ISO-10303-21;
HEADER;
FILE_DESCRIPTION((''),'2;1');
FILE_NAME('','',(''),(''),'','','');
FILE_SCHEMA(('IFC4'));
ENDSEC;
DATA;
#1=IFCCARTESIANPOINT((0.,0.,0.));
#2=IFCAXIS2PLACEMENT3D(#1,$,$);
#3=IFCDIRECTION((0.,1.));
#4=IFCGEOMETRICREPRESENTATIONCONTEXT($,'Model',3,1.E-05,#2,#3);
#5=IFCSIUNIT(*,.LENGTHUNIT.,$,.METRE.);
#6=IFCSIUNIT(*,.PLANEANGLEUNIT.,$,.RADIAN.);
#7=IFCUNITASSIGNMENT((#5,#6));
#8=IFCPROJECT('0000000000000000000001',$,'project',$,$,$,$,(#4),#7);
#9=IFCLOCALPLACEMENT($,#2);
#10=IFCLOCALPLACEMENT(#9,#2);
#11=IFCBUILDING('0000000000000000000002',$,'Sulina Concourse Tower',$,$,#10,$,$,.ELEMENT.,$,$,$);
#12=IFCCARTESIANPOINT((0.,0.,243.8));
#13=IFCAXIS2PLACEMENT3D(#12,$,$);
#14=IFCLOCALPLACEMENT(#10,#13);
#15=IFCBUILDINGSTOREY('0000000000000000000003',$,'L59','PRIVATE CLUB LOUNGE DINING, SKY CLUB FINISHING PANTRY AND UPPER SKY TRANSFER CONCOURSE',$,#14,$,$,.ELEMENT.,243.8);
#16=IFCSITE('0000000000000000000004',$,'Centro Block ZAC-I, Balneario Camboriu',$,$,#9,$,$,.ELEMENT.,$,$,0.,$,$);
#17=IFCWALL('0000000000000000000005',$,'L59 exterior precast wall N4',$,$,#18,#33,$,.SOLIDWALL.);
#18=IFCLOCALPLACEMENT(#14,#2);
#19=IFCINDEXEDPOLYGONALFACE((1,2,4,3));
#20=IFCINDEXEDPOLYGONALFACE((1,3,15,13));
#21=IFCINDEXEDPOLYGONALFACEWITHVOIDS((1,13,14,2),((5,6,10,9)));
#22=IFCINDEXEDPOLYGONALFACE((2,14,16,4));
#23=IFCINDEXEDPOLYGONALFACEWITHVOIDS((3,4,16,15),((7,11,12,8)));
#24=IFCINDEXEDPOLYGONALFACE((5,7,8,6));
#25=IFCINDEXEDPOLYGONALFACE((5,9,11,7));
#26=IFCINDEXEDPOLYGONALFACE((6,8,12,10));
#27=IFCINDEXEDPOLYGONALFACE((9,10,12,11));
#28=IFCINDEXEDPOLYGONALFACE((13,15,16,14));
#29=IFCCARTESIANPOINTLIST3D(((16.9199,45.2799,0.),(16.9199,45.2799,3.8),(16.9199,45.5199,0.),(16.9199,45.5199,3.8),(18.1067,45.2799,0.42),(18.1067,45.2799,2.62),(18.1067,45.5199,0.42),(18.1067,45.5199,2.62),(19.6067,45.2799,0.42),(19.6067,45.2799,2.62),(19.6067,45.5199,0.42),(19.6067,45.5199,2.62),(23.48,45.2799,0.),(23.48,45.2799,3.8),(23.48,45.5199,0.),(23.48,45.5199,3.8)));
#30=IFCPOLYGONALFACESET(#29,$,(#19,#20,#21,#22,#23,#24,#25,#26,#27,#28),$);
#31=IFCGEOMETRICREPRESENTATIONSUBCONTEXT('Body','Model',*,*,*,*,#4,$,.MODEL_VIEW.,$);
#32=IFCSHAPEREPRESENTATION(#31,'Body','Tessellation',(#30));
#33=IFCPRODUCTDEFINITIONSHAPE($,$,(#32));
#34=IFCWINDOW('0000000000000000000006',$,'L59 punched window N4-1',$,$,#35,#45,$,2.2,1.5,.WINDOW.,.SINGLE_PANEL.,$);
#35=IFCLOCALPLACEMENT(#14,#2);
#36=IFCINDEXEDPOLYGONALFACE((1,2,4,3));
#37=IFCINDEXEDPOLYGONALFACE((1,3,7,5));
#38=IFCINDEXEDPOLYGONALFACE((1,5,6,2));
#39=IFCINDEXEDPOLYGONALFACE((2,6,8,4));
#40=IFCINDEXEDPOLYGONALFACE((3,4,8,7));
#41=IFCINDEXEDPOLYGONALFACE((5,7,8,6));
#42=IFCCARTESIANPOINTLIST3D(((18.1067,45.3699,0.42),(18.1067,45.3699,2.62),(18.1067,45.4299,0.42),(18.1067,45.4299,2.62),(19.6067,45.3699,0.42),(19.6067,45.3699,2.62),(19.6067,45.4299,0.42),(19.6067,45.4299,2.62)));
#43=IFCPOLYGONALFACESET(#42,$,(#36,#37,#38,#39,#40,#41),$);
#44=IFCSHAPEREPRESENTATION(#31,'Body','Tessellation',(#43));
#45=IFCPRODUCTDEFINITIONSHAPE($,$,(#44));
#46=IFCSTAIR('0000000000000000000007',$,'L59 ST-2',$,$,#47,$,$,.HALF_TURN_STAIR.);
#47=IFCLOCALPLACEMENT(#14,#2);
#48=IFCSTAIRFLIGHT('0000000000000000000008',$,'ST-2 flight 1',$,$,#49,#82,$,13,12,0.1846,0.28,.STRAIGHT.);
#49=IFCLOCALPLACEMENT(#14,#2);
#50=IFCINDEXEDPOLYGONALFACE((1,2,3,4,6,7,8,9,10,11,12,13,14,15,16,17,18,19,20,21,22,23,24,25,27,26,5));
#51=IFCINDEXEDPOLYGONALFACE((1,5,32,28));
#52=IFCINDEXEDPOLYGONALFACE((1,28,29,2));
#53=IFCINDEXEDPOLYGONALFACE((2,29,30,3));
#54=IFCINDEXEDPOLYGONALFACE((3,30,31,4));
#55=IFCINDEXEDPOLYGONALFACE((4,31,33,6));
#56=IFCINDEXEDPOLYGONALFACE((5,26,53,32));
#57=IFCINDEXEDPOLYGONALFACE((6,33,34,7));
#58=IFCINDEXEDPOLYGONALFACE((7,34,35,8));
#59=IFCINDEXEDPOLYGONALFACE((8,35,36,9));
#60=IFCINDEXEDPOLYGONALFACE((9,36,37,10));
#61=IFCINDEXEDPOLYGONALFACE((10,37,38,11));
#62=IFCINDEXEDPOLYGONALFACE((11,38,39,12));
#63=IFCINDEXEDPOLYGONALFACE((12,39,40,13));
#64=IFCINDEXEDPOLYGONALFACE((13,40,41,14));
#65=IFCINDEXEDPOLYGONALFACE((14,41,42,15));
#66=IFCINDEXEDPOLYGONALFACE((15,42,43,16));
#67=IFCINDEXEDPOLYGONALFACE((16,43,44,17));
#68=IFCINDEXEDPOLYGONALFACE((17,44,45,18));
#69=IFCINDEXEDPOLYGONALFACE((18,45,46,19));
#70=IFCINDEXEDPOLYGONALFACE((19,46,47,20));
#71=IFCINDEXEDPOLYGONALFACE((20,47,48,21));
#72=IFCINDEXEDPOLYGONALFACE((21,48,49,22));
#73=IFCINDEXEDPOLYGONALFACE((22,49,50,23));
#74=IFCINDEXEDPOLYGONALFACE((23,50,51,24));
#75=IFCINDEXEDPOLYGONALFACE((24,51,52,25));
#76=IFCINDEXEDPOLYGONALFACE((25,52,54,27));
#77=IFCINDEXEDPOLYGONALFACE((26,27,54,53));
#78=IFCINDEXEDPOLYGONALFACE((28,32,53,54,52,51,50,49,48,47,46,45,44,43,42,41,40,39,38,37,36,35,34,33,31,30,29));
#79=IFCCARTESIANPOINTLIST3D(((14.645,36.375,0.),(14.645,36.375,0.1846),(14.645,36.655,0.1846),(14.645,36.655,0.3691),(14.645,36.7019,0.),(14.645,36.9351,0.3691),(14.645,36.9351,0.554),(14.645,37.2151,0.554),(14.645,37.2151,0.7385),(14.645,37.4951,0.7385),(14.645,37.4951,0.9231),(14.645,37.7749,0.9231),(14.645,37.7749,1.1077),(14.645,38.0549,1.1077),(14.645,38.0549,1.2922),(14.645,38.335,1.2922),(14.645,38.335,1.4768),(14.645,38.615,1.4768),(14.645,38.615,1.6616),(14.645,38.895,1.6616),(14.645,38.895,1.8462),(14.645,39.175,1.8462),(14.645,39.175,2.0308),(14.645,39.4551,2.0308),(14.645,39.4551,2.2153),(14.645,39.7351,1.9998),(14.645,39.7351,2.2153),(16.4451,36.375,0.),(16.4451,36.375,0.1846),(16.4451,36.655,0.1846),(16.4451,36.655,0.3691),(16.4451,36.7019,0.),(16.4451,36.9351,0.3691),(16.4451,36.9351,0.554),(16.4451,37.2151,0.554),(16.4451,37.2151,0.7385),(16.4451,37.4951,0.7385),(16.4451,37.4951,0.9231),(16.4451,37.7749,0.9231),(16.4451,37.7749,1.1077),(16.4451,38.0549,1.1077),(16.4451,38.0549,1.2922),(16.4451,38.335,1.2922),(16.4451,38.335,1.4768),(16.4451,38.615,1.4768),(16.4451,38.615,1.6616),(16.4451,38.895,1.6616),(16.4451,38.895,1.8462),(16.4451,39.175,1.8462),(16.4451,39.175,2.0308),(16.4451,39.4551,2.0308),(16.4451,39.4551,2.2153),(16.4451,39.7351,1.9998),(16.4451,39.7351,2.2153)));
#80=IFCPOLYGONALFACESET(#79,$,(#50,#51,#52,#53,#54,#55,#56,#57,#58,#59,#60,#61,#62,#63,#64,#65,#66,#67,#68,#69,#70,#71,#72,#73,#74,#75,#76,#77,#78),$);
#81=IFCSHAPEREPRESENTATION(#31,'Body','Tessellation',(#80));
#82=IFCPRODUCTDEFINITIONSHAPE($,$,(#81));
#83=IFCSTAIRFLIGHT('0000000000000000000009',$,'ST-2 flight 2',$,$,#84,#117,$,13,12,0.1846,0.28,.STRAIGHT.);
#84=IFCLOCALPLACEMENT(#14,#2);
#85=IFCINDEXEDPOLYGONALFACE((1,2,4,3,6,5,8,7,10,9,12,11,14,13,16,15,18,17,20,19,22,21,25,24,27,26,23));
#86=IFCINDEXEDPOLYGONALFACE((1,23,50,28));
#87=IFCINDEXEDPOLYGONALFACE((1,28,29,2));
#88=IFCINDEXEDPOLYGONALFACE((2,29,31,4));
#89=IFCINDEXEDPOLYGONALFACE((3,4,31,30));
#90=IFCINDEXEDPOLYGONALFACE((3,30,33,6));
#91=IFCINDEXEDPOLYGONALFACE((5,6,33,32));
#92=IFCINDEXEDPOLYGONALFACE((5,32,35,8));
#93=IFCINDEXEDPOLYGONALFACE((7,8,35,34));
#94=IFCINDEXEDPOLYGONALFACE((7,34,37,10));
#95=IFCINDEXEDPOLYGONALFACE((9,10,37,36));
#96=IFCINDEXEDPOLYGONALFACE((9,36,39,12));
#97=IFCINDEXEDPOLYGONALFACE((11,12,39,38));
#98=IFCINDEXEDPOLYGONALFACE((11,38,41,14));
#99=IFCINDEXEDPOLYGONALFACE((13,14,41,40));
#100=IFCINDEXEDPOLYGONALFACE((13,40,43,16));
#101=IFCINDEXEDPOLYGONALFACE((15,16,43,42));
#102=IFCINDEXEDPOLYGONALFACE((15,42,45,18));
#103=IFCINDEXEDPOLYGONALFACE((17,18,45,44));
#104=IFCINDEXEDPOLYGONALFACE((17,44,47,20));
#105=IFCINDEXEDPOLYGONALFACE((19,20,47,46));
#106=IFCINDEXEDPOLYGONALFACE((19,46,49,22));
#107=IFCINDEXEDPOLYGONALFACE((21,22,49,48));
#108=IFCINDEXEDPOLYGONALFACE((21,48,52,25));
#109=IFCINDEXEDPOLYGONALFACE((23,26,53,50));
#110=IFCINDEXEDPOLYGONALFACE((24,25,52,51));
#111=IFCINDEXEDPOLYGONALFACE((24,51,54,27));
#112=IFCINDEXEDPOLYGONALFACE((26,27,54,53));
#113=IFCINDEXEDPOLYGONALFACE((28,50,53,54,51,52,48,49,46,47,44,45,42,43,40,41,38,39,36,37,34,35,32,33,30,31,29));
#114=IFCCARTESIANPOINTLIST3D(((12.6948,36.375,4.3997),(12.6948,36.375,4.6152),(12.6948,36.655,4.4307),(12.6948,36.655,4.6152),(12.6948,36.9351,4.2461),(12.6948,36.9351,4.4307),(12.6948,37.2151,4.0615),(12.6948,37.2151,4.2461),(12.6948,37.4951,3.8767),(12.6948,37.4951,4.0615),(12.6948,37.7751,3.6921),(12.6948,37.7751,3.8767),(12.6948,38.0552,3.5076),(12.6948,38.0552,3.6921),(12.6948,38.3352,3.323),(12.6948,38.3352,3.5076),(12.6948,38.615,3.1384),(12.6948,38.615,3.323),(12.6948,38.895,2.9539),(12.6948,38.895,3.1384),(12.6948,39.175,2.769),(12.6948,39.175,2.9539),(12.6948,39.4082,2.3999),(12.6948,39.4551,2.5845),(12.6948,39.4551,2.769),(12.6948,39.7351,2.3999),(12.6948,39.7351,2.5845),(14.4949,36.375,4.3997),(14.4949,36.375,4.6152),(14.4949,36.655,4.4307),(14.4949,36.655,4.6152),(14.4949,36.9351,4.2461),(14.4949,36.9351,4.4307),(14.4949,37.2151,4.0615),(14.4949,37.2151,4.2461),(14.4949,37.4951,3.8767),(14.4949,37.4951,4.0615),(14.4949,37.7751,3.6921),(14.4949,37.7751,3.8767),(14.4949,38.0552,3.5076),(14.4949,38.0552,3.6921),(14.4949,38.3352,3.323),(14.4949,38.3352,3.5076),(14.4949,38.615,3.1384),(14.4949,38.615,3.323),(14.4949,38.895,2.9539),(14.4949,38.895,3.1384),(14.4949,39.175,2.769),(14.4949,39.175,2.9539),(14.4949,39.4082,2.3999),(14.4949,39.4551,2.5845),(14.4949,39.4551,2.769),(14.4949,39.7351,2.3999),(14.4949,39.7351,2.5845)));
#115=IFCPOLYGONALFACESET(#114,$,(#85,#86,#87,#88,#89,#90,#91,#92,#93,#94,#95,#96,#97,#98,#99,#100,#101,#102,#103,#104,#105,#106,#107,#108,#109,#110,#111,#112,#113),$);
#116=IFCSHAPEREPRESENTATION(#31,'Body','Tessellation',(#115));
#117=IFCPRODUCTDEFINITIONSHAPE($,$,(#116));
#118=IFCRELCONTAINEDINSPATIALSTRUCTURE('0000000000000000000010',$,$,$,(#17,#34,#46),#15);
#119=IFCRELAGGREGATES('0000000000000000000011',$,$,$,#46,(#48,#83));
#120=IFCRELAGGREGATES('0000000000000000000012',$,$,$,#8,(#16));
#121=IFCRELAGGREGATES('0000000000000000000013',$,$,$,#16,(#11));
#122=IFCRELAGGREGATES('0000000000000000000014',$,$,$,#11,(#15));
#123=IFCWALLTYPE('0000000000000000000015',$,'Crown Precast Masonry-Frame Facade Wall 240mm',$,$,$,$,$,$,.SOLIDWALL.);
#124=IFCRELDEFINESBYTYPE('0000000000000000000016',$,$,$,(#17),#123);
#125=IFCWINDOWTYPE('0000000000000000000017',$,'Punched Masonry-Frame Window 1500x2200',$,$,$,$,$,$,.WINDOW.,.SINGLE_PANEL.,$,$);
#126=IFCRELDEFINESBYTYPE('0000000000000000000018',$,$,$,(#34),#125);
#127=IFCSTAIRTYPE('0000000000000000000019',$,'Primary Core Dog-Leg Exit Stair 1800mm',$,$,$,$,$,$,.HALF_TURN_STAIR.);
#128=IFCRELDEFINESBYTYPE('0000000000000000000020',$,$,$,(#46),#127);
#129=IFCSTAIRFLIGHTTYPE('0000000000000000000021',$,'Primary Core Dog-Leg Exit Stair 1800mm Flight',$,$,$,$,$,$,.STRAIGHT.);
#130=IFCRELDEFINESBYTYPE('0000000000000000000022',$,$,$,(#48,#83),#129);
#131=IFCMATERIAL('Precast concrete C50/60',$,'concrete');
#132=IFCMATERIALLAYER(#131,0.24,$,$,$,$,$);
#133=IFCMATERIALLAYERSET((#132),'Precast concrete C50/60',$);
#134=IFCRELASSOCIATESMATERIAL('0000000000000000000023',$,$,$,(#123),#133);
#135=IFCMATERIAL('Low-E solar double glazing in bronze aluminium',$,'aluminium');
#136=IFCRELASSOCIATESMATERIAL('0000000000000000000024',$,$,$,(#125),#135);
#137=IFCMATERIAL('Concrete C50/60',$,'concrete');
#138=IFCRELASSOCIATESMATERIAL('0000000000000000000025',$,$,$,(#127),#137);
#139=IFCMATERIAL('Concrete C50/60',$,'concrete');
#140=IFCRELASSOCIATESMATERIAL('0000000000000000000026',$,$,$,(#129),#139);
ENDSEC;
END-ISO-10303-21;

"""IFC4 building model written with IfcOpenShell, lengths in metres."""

from ifc_helpers import new_model, si_unit, direction, frame, frame_2d, origin, place, context, subcontext, project, spatial, polyline, rectangle, outline, extrude, material, layer, layer_set, type_object, element, fill, aggregate, save


model = new_model("IFC4")

# Units and contexts
model_context = context("Model", 3, precision=1e-05, world=origin(), true_north=direction((0.0, 1.0)))
body_context = subcontext(model_context, "Body", "Model", "MODEL_VIEW")
ifc_project = project(units=[si_unit("LENGTHUNIT", "METRE"), si_unit("PLANEANGLEUNIT", "RADIAN")], contexts=[model_context])

# Site, building, storey
site_placement = place(None, origin())
site = spatial("IfcSite", under=ifc_project, at=site_placement, Name="Centro Block ZAC-I, Balneario Camboriu", CompositionType="ELEMENT", RefElevation=0.0)
building_placement = place(site_placement, origin())
building = spatial("IfcBuilding", under=site, at=building_placement, Name="Sulina Concourse Tower", CompositionType="ELEMENT")
storey_placement = place(building_placement, frame((0.0, 0.0, 243.8)))
storey = spatial("IfcBuildingStorey", under=building, at=storey_placement, Name="L59", Description="PRIVATE CLUB LOUNGE DINING, SKY CLUB FINISHING PANTRY AND UPPER SKY TRANSFER CONCOURSE", CompositionType="ELEMENT", Elevation=243.8)

# Shared definitions
ifc_material_1 = material(Name="Precast concrete C50/60", Category="concrete")
ifc_layer_1 = layer(ifc_material_1, 0.24)
ifc_layer_set_1 = layer_set([ifc_layer_1], Name="Precast concrete C50/60")
wall_type_1 = type_object("IfcWallType", Name="Crown Precast Masonry-Frame Facade Wall 240mm", PredefinedType="SOLIDWALL", material=ifc_layer_set_1)

# Wall, opening, window
wall_1_placement = place(storey_placement, frame((16.9199, 45.3999, 0.0), z_axis=(0.0, 0.0, 1.0), x_axis=(1.0, 0.0, 0.0)))
wall_1 = element("IfcWall", 1, at=wall_1_placement, inside=storey, type_object=wall_type_1, Name="L59 exterior precast wall N4", PredefinedType="SOLIDWALL", context=body_context, shape_type="SweptSolid", body=[
    extrude(rectangle(XDim=6.5601, YDim=0.24, at=frame_2d((3.28, 0.0))), origin(), (0.0, 0.0, 1.0), 3.8),
])
opening_1_placement = place(wall_1_placement, frame((1.1868, 0.0, 0.4199)))
opening_1 = element("IfcOpeningElement", 2, at=opening_1_placement, cuts=wall_1, PredefinedType="OPENING", context=body_context, shape_type="SweptSolid", body=[
    extrude(rectangle(XDim=1.5, YDim=2.2, at=frame_2d((0.75, 1.1001))), frame((0.0, 0.1299, 0.0), z_axis=(0.0, -1.0, 0.0), x_axis=(1.0, 0.0, 0.0)), (0.0, 0.0, 1.0), 0.26),
])
ifc_material_2 = material(Name="Low-E solar double glazing in bronze aluminium", Category="aluminium")
window_type = type_object("IfcWindowType", Name="Punched Masonry-Frame Window 1500x2200", PartitioningType="SINGLE_PANEL", PredefinedType="WINDOW", material=ifc_material_2)
window_placement = place(opening_1_placement, origin())
window = element("IfcWindow", 3, at=window_placement, inside=storey, type_object=window_type, Name="L59 punched window N4-1", OverallHeight=2.2, OverallWidth=1.5, PartitioningType="SINGLE_PANEL", PredefinedType="WINDOW", context=body_context, shape_type="SweptSolid", body=[
    extrude(rectangle(XDim=1.5, YDim=2.2, at=frame_2d((0.75, 1.1001))), frame((0.0, 0.03, 0.0), z_axis=(0.0, -1.0, 0.0), x_axis=(1.0, 0.0, 0.0)), (0.0, 0.0, 1.0), 0.0601),
])
fill(opening_1, window)

# Stair, stair flights
ifc_material_3 = material(Name="Concrete C50/60", Category="concrete")
stair_type = type_object("IfcStairType", Name="Primary Core Dog-Leg Exit Stair 1800mm", PredefinedType="HALF_TURN_STAIR", material=ifc_material_3)
stair_placement = place(storey_placement, origin())
stair = element("IfcStair", 4, at=stair_placement, inside=storey, type_object=stair_type, Name="L59 ST-2", PredefinedType="HALF_TURN_STAIR")
ifc_material_4 = material(Name="Concrete C50/60", Category="concrete")
stair_flight_type = type_object("IfcStairFlightType", Name="Primary Core Dog-Leg Exit Stair 1800mm Flight", PredefinedType="STRAIGHT", material=ifc_material_4)
stair_flight_1_placement = place(storey_placement, frame((15.5449, 36.375, 0.0), z_axis=(0.0, 0.0, 1.0), x_axis=(0.0, 1.0, 0.0)))
stair_flight_1 = element("IfcStairFlight", 5, at=stair_flight_1_placement, type_object=stair_flight_type, Name="ST-2 flight 1", NumberOfRisers=13, NumberOfTreads=12, PredefinedType="STRAIGHT", RiserHeight=0.1846, TreadLength=0.28, context=body_context, shape_type="SweptSolid", body=[
    extrude(outline(polyline([(0.0, 0.0), (0.0, 0.1846), (0.28, 0.1846), (0.28, 0.3691), (0.5601, 0.3691), (0.5601, 0.554), (0.8401, 0.554), (0.8401, 0.7385), (1.1201, 0.7385), (1.1201, 0.9231), (1.3999, 0.9231), (1.3999, 1.1077), (1.6799, 1.1077), (1.6799, 1.2922), (1.96, 1.2922), (1.96, 1.4768), (2.24, 1.4768), (2.24, 1.6616), (2.52, 1.6616), (2.52, 1.8462), (2.8, 1.8462), (2.8, 2.0308), (3.0801, 2.0308), (3.0801, 2.2153), (3.3601, 2.2153), (3.3601, 2.3999), (3.3601, 1.9998), (0.3269, 0.0), (0.0, 0.0)])), frame((0.0, 0.8999, 0.0), z_axis=(0.0, -1.0, 0.0), x_axis=(1.0, 0.0, 0.0)), (0.0, 0.0, 1.0), 1.8),
])
stair_flight_2_placement = place(storey_placement, frame((13.595, 39.7351, 2.3999), z_axis=(0.0, 0.0, 1.0), x_axis=(0.0, -1.0, 0.0)))
stair_flight_2 = element("IfcStairFlight", 6, at=stair_flight_2_placement, type_object=stair_flight_type, Name="ST-2 flight 2", NumberOfRisers=13, NumberOfTreads=12, PredefinedType="STRAIGHT", RiserHeight=0.1846, TreadLength=0.28, context=body_context, shape_type="SweptSolid", body=[
    extrude(outline(polyline([(0.0, 0.0), (0.0, 0.1846), (0.28, 0.1846), (0.28, 0.3691), (0.5601, 0.3691), (0.5601, 0.554), (0.8401, 0.554), (0.8401, 0.7385), (1.1201, 0.7385), (1.1201, 0.9231), (1.3999, 0.9231), (1.3999, 1.1077), (1.6799, 1.1077), (1.6799, 1.2922), (1.96, 1.2922), (1.96, 1.4768), (2.24, 1.4768), (2.24, 1.6616), (2.52, 1.6616), (2.52, 1.8462), (2.8, 1.8462), (2.8, 2.0308), (3.0801, 2.0308), (3.0801, 2.2153), (3.3601, 2.2153), (3.3601, 2.3999), (3.3601, 1.9998), (0.3269, 0.0), (0.0, 0.0)])), frame((0.0, 0.8999, 0.0), z_axis=(0.0, -1.0, 0.0), x_axis=(1.0, 0.0, 0.0)), (0.0, 0.0, 1.0), 1.8),
])
aggregate(stair, [stair_flight_1, stair_flight_2])

save(model, "model.ifc")
